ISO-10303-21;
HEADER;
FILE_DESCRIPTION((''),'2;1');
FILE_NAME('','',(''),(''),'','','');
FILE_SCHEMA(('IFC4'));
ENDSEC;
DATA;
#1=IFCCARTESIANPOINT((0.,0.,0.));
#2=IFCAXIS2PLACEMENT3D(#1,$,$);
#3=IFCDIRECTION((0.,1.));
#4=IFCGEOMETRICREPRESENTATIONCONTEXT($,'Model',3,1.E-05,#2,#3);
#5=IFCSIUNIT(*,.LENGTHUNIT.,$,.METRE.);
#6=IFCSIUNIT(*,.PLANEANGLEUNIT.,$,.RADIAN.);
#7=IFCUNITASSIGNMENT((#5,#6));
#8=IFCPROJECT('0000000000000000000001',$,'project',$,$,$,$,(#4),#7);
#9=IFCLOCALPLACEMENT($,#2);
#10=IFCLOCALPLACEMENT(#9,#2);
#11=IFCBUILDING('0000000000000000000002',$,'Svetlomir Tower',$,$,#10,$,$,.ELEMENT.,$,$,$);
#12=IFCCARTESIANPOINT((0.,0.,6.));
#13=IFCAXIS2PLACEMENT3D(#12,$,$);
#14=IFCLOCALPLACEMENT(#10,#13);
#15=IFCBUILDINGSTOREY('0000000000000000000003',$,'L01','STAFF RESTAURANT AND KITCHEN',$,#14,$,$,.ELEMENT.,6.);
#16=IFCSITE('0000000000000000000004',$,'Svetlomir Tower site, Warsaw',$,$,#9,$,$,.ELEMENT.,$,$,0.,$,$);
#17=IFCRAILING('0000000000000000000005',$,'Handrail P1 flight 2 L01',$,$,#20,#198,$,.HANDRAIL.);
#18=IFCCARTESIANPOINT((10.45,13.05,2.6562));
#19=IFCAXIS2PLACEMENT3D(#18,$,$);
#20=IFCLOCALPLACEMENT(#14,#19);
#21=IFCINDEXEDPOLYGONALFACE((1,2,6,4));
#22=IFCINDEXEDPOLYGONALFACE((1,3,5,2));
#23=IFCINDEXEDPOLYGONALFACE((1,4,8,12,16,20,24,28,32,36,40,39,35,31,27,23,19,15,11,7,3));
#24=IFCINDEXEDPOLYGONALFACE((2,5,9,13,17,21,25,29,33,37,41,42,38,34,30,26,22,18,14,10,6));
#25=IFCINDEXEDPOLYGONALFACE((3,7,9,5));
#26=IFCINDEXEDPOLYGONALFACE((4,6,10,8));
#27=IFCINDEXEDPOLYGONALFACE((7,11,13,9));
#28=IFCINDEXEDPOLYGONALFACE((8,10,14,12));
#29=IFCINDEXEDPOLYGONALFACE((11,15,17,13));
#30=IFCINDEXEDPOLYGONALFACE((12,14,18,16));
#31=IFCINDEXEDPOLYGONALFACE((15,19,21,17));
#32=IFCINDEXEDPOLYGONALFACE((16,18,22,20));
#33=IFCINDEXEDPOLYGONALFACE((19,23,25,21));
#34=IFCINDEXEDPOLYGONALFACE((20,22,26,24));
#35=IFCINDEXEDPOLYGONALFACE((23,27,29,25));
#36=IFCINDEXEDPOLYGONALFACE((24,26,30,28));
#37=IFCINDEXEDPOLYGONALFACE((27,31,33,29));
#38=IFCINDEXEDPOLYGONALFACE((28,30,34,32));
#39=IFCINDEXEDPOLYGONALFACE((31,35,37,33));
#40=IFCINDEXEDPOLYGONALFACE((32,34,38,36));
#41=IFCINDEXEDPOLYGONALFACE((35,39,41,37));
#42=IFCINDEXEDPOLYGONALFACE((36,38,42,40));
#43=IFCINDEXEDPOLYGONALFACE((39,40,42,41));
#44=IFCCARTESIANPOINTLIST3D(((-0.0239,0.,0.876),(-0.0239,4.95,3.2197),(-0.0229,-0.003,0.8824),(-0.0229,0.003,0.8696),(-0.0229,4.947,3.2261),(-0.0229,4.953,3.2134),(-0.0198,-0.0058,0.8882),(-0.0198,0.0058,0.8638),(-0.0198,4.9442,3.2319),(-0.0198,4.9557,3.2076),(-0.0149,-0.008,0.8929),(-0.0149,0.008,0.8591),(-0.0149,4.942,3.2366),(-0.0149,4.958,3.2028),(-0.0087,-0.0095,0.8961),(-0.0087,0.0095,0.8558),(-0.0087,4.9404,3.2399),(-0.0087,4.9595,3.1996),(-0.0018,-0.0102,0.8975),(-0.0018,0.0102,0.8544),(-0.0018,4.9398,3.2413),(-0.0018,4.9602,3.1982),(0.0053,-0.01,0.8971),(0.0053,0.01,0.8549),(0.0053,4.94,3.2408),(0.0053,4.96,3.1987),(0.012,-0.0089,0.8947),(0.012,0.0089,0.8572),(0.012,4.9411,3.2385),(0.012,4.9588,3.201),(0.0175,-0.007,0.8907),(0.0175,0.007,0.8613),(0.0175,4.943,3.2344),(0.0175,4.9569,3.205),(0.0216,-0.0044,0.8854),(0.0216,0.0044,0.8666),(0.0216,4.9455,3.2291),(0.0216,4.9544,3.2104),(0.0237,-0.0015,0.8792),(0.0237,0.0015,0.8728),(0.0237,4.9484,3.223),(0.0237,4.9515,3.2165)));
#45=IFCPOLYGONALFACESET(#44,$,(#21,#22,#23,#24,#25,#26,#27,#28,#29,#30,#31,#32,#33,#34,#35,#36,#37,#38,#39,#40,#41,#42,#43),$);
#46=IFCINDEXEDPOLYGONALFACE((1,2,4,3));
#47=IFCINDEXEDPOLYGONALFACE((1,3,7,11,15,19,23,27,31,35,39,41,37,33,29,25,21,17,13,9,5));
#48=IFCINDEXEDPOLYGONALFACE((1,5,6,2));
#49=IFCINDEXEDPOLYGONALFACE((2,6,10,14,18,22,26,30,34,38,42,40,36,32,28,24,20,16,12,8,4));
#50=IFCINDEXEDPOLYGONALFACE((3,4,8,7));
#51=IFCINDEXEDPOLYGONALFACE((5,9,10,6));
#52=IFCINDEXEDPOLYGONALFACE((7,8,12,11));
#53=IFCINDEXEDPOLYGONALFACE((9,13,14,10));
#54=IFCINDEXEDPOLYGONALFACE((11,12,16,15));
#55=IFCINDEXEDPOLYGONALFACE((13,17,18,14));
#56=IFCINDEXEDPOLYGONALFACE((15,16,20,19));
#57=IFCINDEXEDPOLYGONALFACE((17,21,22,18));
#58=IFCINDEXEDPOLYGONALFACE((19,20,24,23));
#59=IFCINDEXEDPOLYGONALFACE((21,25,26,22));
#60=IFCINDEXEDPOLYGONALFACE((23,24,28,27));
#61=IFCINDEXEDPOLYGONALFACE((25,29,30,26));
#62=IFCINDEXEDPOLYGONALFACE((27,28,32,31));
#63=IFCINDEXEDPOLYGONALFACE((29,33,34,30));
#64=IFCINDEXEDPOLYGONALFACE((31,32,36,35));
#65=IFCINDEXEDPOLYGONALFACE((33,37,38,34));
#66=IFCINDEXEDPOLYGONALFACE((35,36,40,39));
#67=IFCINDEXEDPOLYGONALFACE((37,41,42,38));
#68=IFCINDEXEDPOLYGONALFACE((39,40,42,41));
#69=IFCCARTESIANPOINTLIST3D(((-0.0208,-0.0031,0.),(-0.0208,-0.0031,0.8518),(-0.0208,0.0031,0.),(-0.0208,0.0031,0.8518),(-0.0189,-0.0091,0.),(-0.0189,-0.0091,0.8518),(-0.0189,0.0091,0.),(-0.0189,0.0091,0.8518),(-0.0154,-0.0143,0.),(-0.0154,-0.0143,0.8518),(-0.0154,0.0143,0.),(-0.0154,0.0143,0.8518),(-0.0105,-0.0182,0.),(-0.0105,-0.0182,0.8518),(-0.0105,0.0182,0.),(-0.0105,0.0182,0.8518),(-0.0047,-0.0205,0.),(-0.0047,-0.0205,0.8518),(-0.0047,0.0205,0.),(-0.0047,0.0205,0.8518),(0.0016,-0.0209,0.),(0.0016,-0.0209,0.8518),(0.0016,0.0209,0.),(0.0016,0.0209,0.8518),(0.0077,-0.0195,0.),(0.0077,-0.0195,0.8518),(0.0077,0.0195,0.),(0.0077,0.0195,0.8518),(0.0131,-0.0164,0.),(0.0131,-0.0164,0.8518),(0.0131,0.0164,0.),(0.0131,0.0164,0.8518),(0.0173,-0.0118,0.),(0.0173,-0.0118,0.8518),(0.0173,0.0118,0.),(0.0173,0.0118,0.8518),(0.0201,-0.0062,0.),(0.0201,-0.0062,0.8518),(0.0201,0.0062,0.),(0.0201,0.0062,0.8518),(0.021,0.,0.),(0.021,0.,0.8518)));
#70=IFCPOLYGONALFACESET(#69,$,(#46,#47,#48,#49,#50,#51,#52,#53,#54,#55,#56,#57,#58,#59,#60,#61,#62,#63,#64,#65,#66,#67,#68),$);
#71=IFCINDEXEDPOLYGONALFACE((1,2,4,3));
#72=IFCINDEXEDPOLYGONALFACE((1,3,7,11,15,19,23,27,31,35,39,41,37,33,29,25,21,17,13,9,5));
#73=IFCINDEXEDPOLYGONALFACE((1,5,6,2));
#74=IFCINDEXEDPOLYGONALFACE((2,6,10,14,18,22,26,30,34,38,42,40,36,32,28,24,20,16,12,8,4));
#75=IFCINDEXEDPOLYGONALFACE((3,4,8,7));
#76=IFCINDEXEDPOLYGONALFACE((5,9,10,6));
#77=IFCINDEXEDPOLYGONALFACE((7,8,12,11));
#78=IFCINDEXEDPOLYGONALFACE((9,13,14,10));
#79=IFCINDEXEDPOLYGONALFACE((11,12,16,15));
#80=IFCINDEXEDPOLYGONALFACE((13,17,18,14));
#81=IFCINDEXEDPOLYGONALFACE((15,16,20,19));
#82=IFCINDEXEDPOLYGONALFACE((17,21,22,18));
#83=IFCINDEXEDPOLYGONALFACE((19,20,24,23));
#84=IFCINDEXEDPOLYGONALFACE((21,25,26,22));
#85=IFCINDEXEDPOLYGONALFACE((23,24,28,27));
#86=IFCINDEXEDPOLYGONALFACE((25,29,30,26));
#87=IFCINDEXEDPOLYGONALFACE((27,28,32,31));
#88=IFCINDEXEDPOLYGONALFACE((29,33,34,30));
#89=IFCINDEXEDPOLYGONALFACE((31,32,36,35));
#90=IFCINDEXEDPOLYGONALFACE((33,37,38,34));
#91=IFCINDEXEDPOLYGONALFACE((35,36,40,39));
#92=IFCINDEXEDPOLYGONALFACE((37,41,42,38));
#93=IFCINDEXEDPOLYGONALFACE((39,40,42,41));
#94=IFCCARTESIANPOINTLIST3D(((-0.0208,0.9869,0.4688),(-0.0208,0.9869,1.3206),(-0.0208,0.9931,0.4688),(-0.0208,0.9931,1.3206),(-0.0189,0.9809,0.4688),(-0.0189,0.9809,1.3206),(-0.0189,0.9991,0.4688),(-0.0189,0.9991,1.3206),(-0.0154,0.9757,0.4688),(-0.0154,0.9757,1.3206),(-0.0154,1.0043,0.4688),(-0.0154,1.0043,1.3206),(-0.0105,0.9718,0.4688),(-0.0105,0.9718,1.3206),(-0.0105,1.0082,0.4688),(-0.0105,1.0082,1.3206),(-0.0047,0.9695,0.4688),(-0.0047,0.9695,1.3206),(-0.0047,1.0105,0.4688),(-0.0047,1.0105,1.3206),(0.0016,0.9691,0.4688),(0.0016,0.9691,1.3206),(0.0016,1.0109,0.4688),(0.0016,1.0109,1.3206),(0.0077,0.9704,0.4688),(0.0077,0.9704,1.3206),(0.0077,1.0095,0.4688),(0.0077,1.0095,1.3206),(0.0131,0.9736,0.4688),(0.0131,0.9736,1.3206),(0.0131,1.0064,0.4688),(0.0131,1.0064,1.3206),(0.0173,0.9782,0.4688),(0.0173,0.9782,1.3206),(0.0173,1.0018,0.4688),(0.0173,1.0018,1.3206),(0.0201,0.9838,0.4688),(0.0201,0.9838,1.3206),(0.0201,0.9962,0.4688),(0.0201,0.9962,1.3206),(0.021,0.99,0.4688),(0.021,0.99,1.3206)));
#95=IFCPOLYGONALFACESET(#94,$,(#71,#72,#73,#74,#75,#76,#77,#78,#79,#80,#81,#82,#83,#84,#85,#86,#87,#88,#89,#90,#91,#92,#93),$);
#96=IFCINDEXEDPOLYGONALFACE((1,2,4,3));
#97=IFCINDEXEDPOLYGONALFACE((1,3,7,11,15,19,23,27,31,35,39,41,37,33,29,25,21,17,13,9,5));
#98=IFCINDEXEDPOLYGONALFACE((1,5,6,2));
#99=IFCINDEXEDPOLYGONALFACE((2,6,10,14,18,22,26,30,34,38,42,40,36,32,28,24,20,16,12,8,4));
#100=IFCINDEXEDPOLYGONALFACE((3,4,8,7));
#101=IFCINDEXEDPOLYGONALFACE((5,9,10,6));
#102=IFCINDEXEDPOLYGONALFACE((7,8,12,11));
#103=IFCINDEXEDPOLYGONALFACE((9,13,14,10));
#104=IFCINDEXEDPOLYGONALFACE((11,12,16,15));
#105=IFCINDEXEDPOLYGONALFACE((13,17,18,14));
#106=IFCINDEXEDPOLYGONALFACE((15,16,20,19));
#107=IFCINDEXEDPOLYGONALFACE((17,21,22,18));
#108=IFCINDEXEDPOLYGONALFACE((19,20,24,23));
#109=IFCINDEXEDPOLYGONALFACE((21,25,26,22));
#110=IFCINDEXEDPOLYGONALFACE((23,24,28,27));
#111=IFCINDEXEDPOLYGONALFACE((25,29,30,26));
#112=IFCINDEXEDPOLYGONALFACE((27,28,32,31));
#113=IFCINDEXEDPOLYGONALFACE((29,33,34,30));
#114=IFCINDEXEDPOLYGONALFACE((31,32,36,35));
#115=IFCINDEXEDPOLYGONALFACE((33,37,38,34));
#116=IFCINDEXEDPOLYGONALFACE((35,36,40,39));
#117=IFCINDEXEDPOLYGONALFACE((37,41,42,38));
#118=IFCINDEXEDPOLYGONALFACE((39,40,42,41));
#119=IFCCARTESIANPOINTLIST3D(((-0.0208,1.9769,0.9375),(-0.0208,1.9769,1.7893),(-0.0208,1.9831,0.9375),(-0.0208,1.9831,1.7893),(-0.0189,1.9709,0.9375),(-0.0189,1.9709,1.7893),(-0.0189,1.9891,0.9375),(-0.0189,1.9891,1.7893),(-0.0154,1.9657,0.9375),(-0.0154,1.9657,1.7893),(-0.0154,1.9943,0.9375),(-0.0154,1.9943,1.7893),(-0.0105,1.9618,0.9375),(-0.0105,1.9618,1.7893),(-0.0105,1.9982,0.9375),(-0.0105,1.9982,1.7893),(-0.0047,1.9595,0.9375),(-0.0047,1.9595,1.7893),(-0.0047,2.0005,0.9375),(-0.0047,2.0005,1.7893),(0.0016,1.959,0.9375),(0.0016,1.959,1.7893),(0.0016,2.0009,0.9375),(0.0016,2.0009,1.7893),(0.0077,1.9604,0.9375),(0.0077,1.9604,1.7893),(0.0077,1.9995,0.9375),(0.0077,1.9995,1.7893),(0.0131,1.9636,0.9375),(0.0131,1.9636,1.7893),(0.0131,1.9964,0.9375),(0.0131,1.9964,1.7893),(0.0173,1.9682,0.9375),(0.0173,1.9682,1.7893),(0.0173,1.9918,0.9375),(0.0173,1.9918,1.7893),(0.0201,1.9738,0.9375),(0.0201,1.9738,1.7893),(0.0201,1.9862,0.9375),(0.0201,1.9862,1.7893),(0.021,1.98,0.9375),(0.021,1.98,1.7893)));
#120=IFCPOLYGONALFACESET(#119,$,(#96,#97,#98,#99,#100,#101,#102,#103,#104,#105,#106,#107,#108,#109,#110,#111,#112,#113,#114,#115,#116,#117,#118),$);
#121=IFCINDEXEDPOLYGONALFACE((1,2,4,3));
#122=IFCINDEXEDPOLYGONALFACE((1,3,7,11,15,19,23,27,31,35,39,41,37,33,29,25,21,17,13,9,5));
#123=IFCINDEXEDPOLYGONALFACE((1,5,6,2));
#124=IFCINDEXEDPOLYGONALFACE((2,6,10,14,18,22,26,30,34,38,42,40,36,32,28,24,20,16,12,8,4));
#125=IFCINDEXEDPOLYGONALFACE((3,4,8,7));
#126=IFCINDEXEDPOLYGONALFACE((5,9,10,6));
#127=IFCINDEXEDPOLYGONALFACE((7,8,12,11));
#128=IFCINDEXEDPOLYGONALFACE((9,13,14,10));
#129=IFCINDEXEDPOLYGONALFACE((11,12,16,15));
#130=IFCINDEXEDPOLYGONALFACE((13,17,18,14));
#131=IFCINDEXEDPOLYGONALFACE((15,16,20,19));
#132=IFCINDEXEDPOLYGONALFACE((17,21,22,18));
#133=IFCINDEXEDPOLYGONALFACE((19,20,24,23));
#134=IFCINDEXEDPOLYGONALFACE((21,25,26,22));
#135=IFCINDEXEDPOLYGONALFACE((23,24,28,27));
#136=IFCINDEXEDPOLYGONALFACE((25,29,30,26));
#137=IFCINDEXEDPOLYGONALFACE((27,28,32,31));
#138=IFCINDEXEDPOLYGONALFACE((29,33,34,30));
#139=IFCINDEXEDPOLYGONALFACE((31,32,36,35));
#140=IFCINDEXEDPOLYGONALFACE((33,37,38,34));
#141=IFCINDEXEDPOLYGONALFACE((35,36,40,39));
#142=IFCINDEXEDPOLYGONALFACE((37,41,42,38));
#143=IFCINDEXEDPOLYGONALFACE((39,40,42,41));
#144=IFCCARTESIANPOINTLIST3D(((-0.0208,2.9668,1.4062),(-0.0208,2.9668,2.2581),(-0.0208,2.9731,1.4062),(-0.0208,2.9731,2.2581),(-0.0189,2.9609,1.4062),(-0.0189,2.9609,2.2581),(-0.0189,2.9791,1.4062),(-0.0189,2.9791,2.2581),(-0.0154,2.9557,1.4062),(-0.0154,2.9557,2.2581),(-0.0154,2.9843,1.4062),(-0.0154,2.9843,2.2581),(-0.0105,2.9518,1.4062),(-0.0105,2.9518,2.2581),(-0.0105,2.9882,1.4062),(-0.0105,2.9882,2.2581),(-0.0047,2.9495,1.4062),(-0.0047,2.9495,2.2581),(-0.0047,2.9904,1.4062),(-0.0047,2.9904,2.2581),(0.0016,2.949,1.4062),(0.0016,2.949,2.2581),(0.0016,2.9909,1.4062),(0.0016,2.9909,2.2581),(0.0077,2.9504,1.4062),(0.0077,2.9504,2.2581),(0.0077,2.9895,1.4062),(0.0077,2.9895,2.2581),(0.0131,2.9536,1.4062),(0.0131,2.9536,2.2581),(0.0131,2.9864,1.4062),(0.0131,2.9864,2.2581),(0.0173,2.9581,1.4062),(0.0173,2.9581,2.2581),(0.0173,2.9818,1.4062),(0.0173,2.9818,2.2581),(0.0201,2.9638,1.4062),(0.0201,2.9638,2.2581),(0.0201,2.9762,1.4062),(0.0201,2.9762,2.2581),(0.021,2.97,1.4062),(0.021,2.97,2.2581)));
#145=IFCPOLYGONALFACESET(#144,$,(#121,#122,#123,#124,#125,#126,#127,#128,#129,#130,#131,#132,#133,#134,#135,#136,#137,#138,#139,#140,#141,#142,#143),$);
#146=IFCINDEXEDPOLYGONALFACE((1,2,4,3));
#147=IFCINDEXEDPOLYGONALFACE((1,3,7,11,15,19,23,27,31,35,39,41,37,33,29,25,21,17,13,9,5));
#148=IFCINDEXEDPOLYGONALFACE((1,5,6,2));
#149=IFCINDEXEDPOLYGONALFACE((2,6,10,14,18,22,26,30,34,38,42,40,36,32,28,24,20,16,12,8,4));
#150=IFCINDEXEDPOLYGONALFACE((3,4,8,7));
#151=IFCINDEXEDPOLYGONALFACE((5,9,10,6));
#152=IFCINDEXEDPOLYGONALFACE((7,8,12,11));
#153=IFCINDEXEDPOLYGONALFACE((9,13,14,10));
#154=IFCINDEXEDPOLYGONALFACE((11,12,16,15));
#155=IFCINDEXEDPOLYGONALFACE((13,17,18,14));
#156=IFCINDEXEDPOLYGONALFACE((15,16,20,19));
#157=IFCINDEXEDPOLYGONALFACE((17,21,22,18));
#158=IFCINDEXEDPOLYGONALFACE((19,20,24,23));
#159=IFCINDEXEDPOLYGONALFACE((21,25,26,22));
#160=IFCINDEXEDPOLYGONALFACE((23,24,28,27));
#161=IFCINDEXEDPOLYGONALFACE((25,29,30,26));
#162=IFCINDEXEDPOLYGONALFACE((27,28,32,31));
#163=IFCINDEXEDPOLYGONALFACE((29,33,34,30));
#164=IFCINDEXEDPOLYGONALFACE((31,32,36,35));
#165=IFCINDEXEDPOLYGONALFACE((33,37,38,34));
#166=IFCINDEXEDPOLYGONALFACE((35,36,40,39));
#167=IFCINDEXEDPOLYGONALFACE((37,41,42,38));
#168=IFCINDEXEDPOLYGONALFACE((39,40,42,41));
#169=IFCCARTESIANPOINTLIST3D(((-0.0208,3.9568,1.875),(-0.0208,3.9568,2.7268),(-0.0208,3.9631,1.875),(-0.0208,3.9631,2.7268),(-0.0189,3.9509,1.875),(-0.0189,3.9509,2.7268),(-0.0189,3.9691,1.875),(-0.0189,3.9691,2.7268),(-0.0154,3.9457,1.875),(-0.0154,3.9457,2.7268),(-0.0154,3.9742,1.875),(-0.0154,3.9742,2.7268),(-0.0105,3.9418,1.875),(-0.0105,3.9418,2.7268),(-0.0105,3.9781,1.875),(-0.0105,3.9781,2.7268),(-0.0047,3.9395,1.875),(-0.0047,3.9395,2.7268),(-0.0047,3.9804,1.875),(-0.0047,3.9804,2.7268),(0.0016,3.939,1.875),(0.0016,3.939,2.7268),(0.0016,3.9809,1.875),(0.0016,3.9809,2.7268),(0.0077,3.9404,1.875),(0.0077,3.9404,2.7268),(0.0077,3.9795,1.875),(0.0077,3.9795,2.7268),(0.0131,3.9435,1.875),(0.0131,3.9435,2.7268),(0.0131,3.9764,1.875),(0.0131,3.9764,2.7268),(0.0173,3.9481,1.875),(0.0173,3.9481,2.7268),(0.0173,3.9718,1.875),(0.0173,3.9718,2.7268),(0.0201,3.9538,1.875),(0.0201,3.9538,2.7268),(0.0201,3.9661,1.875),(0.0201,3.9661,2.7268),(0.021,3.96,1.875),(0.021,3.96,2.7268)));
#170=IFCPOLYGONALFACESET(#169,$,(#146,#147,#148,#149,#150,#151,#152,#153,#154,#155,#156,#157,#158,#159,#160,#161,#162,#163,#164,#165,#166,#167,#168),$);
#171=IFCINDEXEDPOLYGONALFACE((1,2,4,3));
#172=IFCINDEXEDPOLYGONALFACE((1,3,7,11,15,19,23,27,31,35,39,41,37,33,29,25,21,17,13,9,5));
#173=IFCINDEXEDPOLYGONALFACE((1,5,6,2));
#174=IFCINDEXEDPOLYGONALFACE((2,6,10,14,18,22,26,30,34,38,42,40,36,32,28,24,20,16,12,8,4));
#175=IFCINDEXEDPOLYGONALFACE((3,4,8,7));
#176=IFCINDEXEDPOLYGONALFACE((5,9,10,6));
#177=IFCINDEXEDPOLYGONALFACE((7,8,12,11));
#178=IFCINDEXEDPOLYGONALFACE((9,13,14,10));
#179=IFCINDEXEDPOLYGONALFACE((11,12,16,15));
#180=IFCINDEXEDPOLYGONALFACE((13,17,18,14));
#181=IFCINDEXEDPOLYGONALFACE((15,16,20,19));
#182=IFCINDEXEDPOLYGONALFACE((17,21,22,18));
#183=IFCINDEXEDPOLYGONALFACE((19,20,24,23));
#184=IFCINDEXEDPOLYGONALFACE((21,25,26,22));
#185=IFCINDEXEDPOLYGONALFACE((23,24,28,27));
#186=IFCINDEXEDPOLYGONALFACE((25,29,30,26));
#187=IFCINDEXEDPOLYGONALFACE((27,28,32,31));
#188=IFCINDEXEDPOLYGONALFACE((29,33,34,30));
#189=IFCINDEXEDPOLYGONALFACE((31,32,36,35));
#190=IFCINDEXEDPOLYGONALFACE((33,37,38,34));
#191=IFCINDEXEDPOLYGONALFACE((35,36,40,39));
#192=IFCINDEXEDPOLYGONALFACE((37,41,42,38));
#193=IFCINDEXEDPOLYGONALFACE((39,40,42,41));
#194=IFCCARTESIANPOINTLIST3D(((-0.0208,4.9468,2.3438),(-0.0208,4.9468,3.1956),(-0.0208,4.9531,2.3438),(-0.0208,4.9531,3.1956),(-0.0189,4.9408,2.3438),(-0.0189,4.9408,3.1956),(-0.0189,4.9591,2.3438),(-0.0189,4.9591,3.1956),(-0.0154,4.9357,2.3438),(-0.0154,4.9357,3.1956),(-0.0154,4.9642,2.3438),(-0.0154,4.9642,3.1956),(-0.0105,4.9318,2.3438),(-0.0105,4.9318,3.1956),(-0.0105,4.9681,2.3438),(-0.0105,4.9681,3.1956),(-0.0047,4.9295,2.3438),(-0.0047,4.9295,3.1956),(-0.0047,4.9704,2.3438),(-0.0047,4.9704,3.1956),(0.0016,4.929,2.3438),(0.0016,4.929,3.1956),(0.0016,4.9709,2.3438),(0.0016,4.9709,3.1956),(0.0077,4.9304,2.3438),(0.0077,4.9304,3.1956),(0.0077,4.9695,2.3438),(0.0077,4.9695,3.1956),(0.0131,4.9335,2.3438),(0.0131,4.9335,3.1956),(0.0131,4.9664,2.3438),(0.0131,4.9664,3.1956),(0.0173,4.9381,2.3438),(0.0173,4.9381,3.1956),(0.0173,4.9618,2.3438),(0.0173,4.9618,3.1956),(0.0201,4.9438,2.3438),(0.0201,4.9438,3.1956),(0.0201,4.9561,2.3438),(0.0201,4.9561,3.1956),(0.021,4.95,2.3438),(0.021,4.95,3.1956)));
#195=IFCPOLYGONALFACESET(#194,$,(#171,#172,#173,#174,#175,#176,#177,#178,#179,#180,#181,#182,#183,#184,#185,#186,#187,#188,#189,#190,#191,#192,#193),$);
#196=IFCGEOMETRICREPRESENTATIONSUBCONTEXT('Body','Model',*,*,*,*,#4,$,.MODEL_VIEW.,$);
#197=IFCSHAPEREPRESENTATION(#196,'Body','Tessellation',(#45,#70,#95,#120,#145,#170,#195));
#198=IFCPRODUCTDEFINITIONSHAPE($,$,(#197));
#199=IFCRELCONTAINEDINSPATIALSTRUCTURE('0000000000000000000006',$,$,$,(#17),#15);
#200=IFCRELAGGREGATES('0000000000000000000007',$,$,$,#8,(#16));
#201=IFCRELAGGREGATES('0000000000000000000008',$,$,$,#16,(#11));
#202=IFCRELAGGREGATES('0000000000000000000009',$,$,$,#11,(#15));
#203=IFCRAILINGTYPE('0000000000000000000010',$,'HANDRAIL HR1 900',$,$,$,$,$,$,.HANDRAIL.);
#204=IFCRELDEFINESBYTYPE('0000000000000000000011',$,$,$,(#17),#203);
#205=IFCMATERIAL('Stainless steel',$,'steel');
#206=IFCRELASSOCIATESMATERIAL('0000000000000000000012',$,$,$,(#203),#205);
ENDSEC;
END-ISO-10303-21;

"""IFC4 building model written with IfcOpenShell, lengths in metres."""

from ifc_helpers import new_model, si_unit, direction, frame, origin, origin_2d, place, context, subcontext, project, spatial, circle, extrude, material, type_object, element, save


model = new_model("IFC4")

# Units and contexts
model_context = context("Model", 3, precision=1e-05, world=origin(), true_north=direction((0.0, 1.0)))
body_context = subcontext(model_context, "Body", "Model", "MODEL_VIEW")
ifc_project = project(units=[si_unit("LENGTHUNIT", "METRE"), si_unit("PLANEANGLEUNIT", "RADIAN")], contexts=[model_context])

# Site, building, storey
site_placement = place(None, origin())
site = spatial("IfcSite", under=ifc_project, at=site_placement, Name="Svetlomir Tower site, Warsaw", CompositionType="ELEMENT", RefElevation=0.0)
building_placement = place(site_placement, origin())
building = spatial("IfcBuilding", under=site, at=building_placement, Name="Svetlomir Tower", CompositionType="ELEMENT")
storey_placement = place(building_placement, frame((0.0, 0.0, 6.0)))
storey = spatial("IfcBuildingStorey", under=building, at=storey_placement, Name="L01", Description="STAFF RESTAURANT AND KITCHEN", CompositionType="ELEMENT", Elevation=6.0)

# Railing
ifc_material_1 = material(Name="Stainless steel", Category="steel")
railing_type_1 = type_object("IfcRailingType", Name="HANDRAIL HR1 900", PredefinedType="HANDRAIL", material=ifc_material_1)
railing_1_placement = place(storey_placement, frame((10.45, 13.05, 2.6562)))
element("IfcRailing", 1, at=railing_1_placement, inside=storey, type_object=railing_type_1, Name="Handrail P1 flight 2 L01", PredefinedType="HANDRAIL", context=body_context, shape_type="SweptSolid", body=[
    extrude(circle(Radius=0.0239, at=origin_2d()), frame((0.0, 0.0, 0.876), z_axis=(0.0, 0.903806, 0.427943), x_axis=(-1.0, 0.0, 0.0)), (0.0, 0.0, 1.0), 5.4768),
    extrude(circle(Radius=0.021, at=origin_2d()), origin(), (0.0, 0.0, 1.0), 0.8518),
    extrude(circle(Radius=0.021, at=origin_2d()), frame((0.0, 0.99, 0.4688)), (0.0, 0.0, 1.0), 0.8518),
    extrude(circle(Radius=0.021, at=origin_2d()), frame((0.0, 1.98, 0.9375)), (0.0, 0.0, 1.0), 0.8518),
    extrude(circle(Radius=0.021, at=origin_2d()), frame((0.0, 2.97, 1.4062)), (0.0, 0.0, 1.0), 0.8518),
    extrude(circle(Radius=0.021, at=origin_2d()), frame((0.0, 3.96, 1.875)), (0.0, 0.0, 1.0), 0.8518),
    extrude(circle(Radius=0.021, at=origin_2d()), frame((0.0, 4.95, 2.3438)), (0.0, 0.0, 1.0), 0.8518),
])

save(model, "model.ifc")
